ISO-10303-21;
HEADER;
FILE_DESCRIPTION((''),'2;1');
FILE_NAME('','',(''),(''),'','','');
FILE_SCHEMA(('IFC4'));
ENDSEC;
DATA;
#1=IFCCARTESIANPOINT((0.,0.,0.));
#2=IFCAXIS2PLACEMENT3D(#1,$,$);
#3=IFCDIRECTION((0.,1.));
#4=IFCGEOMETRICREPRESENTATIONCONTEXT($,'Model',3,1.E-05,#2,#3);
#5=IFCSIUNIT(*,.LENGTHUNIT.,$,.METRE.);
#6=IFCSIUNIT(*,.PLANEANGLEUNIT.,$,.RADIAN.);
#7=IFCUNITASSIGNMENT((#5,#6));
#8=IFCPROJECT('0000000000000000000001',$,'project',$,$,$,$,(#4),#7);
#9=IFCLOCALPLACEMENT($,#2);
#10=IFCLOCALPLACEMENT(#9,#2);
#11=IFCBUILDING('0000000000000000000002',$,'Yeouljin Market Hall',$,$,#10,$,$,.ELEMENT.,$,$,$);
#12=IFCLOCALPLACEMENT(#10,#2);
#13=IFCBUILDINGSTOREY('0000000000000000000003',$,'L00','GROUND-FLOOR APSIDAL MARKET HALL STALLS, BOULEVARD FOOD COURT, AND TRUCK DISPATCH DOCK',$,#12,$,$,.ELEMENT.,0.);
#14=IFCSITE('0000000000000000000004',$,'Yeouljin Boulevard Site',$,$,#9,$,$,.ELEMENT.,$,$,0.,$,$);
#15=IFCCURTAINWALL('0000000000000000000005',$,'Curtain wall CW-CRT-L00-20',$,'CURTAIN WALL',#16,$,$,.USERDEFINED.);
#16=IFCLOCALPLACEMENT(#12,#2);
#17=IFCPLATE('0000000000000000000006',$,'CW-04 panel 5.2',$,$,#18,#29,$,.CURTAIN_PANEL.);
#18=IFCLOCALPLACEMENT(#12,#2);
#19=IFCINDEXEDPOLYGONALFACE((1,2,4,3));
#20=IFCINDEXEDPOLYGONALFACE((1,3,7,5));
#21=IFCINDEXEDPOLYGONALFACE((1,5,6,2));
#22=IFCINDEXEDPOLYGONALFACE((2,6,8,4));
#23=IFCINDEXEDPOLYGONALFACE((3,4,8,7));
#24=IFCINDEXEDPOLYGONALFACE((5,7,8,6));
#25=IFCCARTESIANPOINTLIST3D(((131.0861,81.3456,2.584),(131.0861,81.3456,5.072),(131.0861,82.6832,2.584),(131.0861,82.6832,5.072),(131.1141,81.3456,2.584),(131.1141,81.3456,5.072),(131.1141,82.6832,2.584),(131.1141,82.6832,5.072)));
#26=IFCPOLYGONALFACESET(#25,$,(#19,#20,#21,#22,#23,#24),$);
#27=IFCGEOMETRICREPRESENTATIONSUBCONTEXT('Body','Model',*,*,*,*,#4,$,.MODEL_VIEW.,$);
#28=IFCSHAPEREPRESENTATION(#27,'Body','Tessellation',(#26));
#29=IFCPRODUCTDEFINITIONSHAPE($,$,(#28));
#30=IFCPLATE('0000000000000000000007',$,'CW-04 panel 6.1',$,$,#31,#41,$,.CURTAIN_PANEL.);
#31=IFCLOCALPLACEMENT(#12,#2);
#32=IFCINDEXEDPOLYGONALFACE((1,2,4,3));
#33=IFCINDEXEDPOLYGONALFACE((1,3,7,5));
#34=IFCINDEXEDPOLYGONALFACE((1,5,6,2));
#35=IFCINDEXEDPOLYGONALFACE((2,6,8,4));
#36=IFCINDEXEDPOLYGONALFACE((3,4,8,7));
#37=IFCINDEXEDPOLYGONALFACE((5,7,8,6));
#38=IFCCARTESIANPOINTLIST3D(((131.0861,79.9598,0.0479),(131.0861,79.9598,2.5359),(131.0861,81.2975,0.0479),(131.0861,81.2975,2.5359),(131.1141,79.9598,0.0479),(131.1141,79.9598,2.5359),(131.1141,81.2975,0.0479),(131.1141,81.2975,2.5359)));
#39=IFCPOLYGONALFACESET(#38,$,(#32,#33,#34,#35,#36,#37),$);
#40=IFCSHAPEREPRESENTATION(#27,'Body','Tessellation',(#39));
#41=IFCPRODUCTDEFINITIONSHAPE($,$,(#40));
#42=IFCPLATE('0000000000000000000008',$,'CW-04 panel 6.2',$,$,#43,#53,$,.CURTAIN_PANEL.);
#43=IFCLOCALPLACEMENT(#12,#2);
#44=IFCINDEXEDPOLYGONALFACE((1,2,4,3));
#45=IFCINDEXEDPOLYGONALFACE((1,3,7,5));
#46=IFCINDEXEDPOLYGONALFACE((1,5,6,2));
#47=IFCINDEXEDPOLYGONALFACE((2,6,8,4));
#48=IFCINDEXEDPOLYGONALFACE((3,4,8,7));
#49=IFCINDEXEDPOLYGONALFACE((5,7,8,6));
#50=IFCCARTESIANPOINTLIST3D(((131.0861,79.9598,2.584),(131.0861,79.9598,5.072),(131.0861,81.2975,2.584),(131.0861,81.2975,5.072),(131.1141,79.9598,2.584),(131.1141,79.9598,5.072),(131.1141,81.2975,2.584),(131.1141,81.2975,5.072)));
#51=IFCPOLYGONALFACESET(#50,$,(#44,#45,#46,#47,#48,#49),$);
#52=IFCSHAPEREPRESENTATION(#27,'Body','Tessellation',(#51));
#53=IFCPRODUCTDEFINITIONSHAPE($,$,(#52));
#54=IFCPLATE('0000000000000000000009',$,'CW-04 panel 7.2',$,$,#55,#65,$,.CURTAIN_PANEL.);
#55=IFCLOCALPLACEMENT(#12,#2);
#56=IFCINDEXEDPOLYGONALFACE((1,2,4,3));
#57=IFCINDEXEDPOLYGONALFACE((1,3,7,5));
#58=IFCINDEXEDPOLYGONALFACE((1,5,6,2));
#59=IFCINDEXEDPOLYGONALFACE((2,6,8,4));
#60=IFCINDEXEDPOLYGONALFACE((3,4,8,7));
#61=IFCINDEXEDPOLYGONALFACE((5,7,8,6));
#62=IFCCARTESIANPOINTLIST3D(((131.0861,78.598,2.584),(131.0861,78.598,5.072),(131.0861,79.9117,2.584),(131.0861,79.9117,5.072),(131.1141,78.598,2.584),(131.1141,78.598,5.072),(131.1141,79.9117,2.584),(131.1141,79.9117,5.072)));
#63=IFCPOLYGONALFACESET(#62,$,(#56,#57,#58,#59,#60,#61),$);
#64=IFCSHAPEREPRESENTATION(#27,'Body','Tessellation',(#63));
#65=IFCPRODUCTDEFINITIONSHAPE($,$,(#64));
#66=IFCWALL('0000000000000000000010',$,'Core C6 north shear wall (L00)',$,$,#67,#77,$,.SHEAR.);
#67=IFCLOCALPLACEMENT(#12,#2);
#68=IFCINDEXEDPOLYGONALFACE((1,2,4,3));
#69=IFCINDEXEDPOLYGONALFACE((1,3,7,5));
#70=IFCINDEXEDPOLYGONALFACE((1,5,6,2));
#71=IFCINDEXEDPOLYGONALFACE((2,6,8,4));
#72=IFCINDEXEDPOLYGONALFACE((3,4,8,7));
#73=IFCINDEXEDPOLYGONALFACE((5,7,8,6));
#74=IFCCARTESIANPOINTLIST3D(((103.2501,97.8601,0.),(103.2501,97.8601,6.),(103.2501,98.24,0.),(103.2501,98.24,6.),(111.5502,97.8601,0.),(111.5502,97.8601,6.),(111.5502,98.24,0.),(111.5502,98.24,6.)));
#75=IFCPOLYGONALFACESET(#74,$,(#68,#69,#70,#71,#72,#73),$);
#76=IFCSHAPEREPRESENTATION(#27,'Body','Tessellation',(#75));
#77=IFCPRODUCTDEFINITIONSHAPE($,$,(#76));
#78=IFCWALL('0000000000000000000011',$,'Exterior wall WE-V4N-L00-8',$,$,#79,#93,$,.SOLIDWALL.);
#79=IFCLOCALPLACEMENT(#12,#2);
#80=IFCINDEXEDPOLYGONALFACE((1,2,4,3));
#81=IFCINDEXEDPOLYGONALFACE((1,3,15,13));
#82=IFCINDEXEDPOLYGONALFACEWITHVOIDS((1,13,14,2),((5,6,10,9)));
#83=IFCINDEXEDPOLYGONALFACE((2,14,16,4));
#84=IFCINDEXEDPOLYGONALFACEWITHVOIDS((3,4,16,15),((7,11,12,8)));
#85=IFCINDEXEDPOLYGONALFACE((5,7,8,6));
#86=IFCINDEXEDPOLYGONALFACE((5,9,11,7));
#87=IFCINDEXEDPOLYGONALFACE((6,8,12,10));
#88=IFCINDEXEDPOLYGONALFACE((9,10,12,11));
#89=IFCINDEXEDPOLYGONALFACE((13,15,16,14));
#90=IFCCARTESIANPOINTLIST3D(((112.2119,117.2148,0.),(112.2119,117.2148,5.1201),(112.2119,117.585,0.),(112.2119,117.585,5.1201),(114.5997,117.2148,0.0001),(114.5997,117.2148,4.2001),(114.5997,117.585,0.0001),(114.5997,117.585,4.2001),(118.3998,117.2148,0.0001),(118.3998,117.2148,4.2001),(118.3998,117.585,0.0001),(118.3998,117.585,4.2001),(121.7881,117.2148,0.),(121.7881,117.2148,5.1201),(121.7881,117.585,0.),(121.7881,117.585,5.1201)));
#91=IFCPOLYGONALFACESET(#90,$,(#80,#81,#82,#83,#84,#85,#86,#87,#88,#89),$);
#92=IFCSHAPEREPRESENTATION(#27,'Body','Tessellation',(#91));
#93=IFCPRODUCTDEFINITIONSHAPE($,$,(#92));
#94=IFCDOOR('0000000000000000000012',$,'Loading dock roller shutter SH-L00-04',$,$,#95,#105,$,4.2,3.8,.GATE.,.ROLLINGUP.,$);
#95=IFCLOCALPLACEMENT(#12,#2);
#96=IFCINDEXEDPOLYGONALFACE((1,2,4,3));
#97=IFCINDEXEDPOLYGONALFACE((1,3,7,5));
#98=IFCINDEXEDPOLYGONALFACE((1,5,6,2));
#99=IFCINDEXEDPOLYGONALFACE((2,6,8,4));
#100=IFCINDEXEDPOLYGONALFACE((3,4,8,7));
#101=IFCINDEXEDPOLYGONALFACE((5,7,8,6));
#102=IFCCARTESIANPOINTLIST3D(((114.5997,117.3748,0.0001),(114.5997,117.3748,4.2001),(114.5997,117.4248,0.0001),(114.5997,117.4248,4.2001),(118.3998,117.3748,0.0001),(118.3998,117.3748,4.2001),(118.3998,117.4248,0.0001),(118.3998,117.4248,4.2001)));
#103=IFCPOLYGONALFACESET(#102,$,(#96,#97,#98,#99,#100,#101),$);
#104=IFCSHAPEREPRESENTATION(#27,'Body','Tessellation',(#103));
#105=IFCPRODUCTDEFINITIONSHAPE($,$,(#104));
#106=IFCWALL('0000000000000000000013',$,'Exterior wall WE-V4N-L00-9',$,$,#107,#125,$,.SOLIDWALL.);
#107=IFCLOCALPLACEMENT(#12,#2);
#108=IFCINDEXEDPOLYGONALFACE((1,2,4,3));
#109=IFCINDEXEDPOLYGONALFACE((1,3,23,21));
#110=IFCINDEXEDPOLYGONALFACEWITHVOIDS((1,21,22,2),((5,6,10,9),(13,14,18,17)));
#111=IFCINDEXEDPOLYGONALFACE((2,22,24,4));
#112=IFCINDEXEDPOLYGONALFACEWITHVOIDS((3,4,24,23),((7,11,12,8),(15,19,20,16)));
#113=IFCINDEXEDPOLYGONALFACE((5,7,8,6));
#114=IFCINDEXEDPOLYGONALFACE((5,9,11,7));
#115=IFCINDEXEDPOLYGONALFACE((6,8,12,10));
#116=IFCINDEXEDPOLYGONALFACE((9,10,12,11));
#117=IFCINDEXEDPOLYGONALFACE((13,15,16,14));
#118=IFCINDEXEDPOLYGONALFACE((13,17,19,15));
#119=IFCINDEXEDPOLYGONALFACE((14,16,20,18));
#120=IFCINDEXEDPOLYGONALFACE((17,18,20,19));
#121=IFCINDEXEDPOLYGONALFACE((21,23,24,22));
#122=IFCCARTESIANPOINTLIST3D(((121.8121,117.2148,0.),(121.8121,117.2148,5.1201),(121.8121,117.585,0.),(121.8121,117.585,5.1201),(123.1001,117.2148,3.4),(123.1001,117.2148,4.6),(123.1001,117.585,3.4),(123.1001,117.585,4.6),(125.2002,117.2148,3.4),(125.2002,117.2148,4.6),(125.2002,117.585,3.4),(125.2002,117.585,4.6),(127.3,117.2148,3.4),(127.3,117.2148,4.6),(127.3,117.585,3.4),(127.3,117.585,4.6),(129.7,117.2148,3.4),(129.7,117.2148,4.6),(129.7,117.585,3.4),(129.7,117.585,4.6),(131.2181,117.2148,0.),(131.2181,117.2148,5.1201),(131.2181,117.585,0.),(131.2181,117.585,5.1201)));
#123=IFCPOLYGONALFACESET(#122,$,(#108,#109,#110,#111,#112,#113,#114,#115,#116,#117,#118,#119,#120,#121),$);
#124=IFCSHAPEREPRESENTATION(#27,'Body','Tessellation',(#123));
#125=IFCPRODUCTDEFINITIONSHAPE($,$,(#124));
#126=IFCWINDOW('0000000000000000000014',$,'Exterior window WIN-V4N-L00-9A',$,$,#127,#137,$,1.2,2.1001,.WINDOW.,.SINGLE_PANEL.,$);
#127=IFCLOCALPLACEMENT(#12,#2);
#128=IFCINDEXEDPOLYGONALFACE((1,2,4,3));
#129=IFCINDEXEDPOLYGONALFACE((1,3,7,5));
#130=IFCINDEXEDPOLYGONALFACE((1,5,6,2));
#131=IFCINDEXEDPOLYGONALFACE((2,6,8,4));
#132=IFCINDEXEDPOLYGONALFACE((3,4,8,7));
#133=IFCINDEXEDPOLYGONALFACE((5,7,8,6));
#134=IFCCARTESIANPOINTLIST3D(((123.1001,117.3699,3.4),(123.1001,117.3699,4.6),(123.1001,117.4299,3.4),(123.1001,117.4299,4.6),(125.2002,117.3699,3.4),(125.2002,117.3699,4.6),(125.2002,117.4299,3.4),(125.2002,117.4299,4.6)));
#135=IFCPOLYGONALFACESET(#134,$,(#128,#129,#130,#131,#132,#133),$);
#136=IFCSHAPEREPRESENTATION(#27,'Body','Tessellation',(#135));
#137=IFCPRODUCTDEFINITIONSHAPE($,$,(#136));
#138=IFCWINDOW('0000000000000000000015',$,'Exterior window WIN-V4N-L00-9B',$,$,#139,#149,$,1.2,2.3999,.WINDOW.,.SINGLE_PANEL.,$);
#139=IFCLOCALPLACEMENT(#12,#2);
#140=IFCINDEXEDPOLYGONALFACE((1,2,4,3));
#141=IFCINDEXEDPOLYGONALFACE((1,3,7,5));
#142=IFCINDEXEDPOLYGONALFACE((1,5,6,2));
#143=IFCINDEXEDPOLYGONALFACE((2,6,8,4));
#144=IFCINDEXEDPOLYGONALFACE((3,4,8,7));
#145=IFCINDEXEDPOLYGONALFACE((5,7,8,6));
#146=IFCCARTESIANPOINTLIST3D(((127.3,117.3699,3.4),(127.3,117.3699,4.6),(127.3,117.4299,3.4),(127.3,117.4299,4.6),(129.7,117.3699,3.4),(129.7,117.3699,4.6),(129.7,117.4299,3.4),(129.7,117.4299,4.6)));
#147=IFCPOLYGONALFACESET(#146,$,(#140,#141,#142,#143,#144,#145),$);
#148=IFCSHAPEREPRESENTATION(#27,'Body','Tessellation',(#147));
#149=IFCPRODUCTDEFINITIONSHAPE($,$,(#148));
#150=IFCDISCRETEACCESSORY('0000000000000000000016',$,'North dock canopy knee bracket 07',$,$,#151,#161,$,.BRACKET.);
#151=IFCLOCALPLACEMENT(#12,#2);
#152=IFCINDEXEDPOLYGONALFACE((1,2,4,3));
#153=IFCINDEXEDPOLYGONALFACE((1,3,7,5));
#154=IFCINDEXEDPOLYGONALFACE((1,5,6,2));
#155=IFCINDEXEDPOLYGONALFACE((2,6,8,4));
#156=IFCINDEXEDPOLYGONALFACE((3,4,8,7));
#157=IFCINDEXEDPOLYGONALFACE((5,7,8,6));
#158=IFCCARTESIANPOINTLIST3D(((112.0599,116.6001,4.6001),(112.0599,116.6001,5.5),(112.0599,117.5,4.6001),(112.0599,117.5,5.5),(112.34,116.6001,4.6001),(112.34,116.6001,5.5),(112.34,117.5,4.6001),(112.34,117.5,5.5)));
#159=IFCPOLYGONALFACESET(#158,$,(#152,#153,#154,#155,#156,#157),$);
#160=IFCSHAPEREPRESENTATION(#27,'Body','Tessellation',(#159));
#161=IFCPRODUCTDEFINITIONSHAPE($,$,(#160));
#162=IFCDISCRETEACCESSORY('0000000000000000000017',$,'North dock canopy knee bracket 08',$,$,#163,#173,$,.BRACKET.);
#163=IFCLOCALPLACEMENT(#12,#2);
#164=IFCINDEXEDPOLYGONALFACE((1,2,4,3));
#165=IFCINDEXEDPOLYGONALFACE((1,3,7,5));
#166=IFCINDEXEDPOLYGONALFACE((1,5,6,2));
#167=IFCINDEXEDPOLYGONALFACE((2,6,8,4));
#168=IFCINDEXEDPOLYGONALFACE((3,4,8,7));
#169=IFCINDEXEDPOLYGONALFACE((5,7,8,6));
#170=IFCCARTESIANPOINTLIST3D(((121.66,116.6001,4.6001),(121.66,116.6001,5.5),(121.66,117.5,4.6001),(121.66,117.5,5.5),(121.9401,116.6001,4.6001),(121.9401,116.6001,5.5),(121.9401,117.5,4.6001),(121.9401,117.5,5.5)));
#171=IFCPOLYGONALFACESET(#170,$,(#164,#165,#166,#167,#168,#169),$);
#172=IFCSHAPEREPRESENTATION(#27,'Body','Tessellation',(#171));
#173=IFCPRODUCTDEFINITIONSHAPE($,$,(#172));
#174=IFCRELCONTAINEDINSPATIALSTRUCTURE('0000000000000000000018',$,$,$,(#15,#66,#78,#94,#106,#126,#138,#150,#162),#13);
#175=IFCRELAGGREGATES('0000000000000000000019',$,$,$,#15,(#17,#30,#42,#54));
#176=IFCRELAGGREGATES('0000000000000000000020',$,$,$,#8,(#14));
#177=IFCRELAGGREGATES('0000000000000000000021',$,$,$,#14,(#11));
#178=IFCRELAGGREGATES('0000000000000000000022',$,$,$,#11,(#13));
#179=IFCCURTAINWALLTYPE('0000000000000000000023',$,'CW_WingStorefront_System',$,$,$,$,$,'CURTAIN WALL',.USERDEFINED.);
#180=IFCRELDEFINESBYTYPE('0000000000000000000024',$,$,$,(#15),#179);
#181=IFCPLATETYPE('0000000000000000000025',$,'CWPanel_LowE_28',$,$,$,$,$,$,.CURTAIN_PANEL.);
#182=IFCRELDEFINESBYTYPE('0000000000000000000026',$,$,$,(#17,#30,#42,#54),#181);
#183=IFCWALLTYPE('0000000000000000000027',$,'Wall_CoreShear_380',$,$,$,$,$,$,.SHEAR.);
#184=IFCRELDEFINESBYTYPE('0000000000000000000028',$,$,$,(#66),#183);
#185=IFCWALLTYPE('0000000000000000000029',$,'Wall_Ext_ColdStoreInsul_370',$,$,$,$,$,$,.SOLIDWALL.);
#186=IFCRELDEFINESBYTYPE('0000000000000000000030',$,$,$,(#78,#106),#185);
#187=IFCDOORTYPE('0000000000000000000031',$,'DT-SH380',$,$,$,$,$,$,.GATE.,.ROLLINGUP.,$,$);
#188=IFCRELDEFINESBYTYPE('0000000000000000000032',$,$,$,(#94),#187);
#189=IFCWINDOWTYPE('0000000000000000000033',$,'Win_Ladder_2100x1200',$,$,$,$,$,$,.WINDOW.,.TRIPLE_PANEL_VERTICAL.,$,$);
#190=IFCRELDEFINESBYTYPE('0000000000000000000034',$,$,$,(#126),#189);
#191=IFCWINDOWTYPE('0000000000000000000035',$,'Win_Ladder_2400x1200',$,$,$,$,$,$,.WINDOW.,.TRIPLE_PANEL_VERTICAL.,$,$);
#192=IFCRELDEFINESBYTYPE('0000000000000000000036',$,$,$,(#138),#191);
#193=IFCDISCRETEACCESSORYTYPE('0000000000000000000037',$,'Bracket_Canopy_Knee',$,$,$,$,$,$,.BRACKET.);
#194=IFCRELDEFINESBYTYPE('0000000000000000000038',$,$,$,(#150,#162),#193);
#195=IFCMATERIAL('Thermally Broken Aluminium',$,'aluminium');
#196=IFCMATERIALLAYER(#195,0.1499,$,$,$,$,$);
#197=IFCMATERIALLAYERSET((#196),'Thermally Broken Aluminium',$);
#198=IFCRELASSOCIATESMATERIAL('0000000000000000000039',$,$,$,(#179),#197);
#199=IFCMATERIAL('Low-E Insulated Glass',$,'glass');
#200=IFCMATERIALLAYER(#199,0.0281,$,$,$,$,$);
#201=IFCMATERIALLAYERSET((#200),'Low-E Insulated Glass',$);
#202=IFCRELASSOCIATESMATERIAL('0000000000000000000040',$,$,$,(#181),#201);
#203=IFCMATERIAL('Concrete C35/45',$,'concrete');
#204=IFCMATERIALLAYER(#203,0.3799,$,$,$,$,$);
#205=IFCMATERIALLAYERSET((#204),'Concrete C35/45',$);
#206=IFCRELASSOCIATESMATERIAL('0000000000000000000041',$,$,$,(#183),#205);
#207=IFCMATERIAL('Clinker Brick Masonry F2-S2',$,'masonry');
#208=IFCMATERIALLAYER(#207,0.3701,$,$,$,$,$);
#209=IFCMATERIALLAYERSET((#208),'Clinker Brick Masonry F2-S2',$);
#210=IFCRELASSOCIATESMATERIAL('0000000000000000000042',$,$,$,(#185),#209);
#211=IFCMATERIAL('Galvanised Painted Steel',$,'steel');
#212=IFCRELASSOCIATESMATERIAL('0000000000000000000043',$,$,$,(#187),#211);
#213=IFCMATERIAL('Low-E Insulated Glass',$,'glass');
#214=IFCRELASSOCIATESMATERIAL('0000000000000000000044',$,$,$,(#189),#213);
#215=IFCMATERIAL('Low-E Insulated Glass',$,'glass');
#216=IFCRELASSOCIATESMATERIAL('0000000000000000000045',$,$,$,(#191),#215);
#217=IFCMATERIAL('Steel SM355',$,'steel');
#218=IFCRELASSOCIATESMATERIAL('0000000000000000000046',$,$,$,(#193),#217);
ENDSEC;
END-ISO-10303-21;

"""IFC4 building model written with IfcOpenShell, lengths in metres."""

from ifc_helpers import new_model, si_unit, direction, frame, frame_2d, origin, origin_2d, place, context, subcontext, project, spatial, rectangle, extrude, material, layer, layer_set, type_object, element, fill, aggregate, save


model = new_model("IFC4")

# Units and contexts
model_context = context("Model", 3, precision=1e-05, world=origin(), true_north=direction((0.0, 1.0)))
body_context = subcontext(model_context, "Body", "Model", "MODEL_VIEW")
ifc_project = project(units=[si_unit("LENGTHUNIT", "METRE"), si_unit("PLANEANGLEUNIT", "RADIAN")], contexts=[model_context])

# Site, building, storey
site_placement = place(None, origin())
site = spatial("IfcSite", under=ifc_project, at=site_placement, Name="Yeouljin Boulevard Site", CompositionType="ELEMENT", RefElevation=0.0)
building_placement = place(site_placement, origin())
building = spatial("IfcBuilding", under=site, at=building_placement, Name="Yeouljin Market Hall", CompositionType="ELEMENT")
storey_placement = place(building_placement, origin())
storey = spatial("IfcBuildingStorey", under=building, at=storey_placement, Name="L00", Description="GROUND-FLOOR APSIDAL MARKET HALL STALLS, BOULEVARD FOOD COURT, AND TRUCK DISPATCH DOCK", CompositionType="ELEMENT", Elevation=0.0)

# Curtain wall, plates
ifc_material_1 = material(Name="Thermally Broken Aluminium", Category="aluminium")
ifc_layer_1 = layer(ifc_material_1, 0.1499)
ifc_layer_set_1 = layer_set([ifc_layer_1], Name="Thermally Broken Aluminium")
curtain_wall_type = type_object("IfcCurtainWallType", Name="CW_WingStorefront_System", ElementType="CURTAIN WALL", PredefinedType="USERDEFINED", material=ifc_layer_set_1)
curtain_wall_placement = place(storey_placement, origin())
curtain_wall = element("IfcCurtainWall", 1, at=curtain_wall_placement, inside=storey, type_object=curtain_wall_type, Name="Curtain wall CW-CRT-L00-20", ObjectType="CURTAIN WALL", PredefinedType="USERDEFINED")
ifc_material_2 = material(Name="Low-E Insulated Glass", Category="glass")
ifc_layer_2 = layer(ifc_material_2, 0.0281)
ifc_layer_set_2 = layer_set([ifc_layer_2], Name="Low-E Insulated Glass")
plate_type = type_object("IfcPlateType", Name="CWPanel_LowE_28", PredefinedType="CURTAIN_PANEL", material=ifc_layer_set_2)
plate_1_placement = place(storey_placement, frame((131.1001, 82.0144, 2.584), z_axis=(0.0, 0.0, 1.0), x_axis=(0.0, -1.0, 0.0)))
plate_1 = element("IfcPlate", 2, at=plate_1_placement, type_object=plate_type, Name="CW-04 panel 5.2", PredefinedType="CURTAIN_PANEL", context=body_context, shape_type="SweptSolid", body=[
    extrude(rectangle(XDim=1.3376, YDim=0.0281, at=origin_2d()), origin(), (0.0, 0.0, 1.0), 2.488),
])
plate_2_placement = place(storey_placement, frame((131.1001, 80.6287, 0.0479), z_axis=(0.0, 0.0, 1.0), x_axis=(0.0, -1.0, 0.0)))
plate_2 = element("IfcPlate", 3, at=plate_2_placement, type_object=plate_type, Name="CW-04 panel 6.1", PredefinedType="CURTAIN_PANEL", context=body_context, shape_type="SweptSolid", body=[
    extrude(rectangle(XDim=1.3376, YDim=0.0281, at=origin_2d()), origin(), (0.0, 0.0, 1.0), 2.488),
])
plate_3_placement = place(storey_placement, frame((131.1001, 80.6287, 2.584), z_axis=(0.0, 0.0, 1.0), x_axis=(0.0, -1.0, 0.0)))
plate_3 = element("IfcPlate", 4, at=plate_3_placement, type_object=plate_type, Name="CW-04 panel 6.2", PredefinedType="CURTAIN_PANEL", context=body_context, shape_type="SweptSolid", body=[
    extrude(rectangle(XDim=1.3376, YDim=0.0281, at=origin_2d()), origin(), (0.0, 0.0, 1.0), 2.488),
])
plate_4_placement = place(storey_placement, frame((131.1001, 79.2549, 2.584), z_axis=(0.0, 0.0, 1.0), x_axis=(0.0, -1.0, 0.0)))
plate_4 = element("IfcPlate", 5, at=plate_4_placement, type_object=plate_type, Name="CW-04 panel 7.2", PredefinedType="CURTAIN_PANEL", context=body_context, shape_type="SweptSolid", body=[
    extrude(rectangle(XDim=1.3137, YDim=0.0281, at=origin_2d()), origin(), (0.0, 0.0, 1.0), 2.488),
])
aggregate(curtain_wall, [plate_1, plate_2, plate_3, plate_4])

# Wall
ifc_material_3 = material(Name="Concrete C35/45", Category="concrete")
ifc_layer_3 = layer(ifc_material_3, 0.3799)
ifc_layer_set_3 = layer_set([ifc_layer_3], Name="Concrete C35/45")
wall_type_1 = type_object("IfcWallType", Name="Wall_CoreShear_380", PredefinedType="SHEAR", material=ifc_layer_set_3)
wall_1_placement = place(storey_placement, frame((111.55, 98.05, 0.0), z_axis=(0.0, 0.0, 1.0), x_axis=(-1.0, 0.0, 0.0)))
element("IfcWall", 6, at=wall_1_placement, inside=storey, type_object=wall_type_1, Name="Core C6 north shear wall (L00)", PredefinedType="SHEAR", context=body_context, shape_type="SweptSolid", body=[
    extrude(rectangle(XDim=8.3, YDim=0.3799, at=frame_2d((4.1499, 0.0))), origin(), (0.0, 0.0, 1.0), 6.0),
])

# Wall, opening, door
ifc_material_4 = material(Name="Clinker Brick Masonry F2-S2", Category="masonry")
ifc_layer_4 = layer(ifc_material_4, 0.3701)
ifc_layer_set_4 = layer_set([ifc_layer_4], Name="Clinker Brick Masonry F2-S2")
wall_type_2 = type_object("IfcWallType", Name="Wall_Ext_ColdStoreInsul_370", PredefinedType="SOLIDWALL", material=ifc_layer_set_4)
wall_2_placement = place(storey_placement, frame((112.2119, 117.3999, 0.0), z_axis=(0.0, 0.0, 1.0), x_axis=(1.0, 0.0, 0.0)))
wall_2 = element("IfcWall", 7, at=wall_2_placement, inside=storey, type_object=wall_type_2, Name="Exterior wall WE-V4N-L00-8", PredefinedType="SOLIDWALL", context=body_context, shape_type="SweptSolid", body=[
    extrude(rectangle(XDim=9.5762, YDim=0.3701, at=frame_2d((4.7881, 0.0))), origin(), (0.0, 0.0, 1.0), 5.1201),
])
opening_1_placement = place(wall_2_placement, frame((2.3879, 0.0, 0.0)))
opening_1 = element("IfcOpeningElement", 8, at=opening_1_placement, cuts=wall_2, PredefinedType="OPENING", context=body_context, shape_type="SweptSolid", body=[
    extrude(rectangle(XDim=3.8, YDim=4.2, at=frame_2d((1.8999, 2.1001))), frame((0.0, 0.1951, 0.0), z_axis=(0.0, -1.0, 0.0), x_axis=(1.0, 0.0, 0.0)), (0.0, 0.0, 1.0), 0.3901),
])
ifc_material_5 = material(Name="Galvanised Painted Steel", Category="steel")
door_type = type_object("IfcDoorType", Name="DT-SH380", OperationType="ROLLINGUP", PredefinedType="GATE", material=ifc_material_5)
door_placement = place(opening_1_placement, origin())
door = element("IfcDoor", 9, at=door_placement, inside=storey, type_object=door_type, Name="Loading dock roller shutter SH-L00-04", OperationType="ROLLINGUP", OverallHeight=4.2, OverallWidth=3.8, PredefinedType="GATE", context=body_context, shape_type="SweptSolid", body=[
    extrude(rectangle(XDim=3.8, YDim=4.2, at=frame_2d((1.8999, 2.1001))), frame((0.0, 0.0249, 0.0), z_axis=(0.0, -1.0, 0.0), x_axis=(1.0, 0.0, 0.0)), (0.0, 0.0, 1.0), 0.05),
])
fill(opening_1, door)

# Wall, openings, windows
wall_3_placement = place(storey_placement, frame((121.812, 117.3999, 0.0), z_axis=(0.0, 0.0, 1.0), x_axis=(1.0, 0.0, 0.0)))
wall_3 = element("IfcWall", 10, at=wall_3_placement, inside=storey, type_object=wall_type_2, Name="Exterior wall WE-V4N-L00-9", PredefinedType="SOLIDWALL", context=body_context, shape_type="SweptSolid", body=[
    extrude(rectangle(XDim=9.406, YDim=0.3701, at=frame_2d((4.7031, 0.0))), origin(), (0.0, 0.0, 1.0), 5.1201),
])
opening_2_placement = place(wall_3_placement, frame((1.2881, 0.0, 3.3999)))
opening_2 = element("IfcOpeningElement", 11, at=opening_2_placement, cuts=wall_3, PredefinedType="OPENING", context=body_context, shape_type="SweptSolid", body=[
    extrude(rectangle(XDim=2.1001, YDim=1.2, at=frame_2d((1.05, 0.6001))), frame((0.0, 0.1951, 0.0), z_axis=(0.0, -1.0, 0.0), x_axis=(1.0, 0.0, 0.0)), (0.0, 0.0, 1.0), 0.3901),
])
opening_3_placement = place(wall_3_placement, frame((5.488, 0.0, 3.3999)))
opening_3 = element("IfcOpeningElement", 12, at=opening_3_placement, cuts=wall_3, PredefinedType="OPENING", context=body_context, shape_type="SweptSolid", body=[
    extrude(rectangle(XDim=2.3999, YDim=1.2, at=frame_2d((1.2, 0.6001))), frame((0.0, 0.1951, 0.0), z_axis=(0.0, -1.0, 0.0), x_axis=(1.0, 0.0, 0.0)), (0.0, 0.0, 1.0), 0.3901),
])
ifc_material_6 = material(Name="Low-E Insulated Glass", Category="glass")
window_type_1 = type_object("IfcWindowType", Name="Win_Ladder_2100x1200", PartitioningType="TRIPLE_PANEL_VERTICAL", PredefinedType="WINDOW", material=ifc_material_6)
window_1_placement = place(opening_2_placement, origin())
window_1 = element("IfcWindow", 13, at=window_1_placement, inside=storey, type_object=window_type_1, Name="Exterior window WIN-V4N-L00-9A", OverallHeight=1.2, OverallWidth=2.1001, PartitioningType="SINGLE_PANEL", PredefinedType="WINDOW", context=body_context, shape_type="SweptSolid", body=[
    extrude(rectangle(XDim=2.1001, YDim=1.2, at=frame_2d((1.05, 0.6001))), frame((0.0, 0.03, 0.0), z_axis=(0.0, -1.0, 0.0), x_axis=(1.0, 0.0, 0.0)), (0.0, 0.0, 1.0), 0.0601),
])
fill(opening_2, window_1)
ifc_material_7 = material(Name="Low-E Insulated Glass", Category="glass")
window_type_2 = type_object("IfcWindowType", Name="Win_Ladder_2400x1200", PartitioningType="TRIPLE_PANEL_VERTICAL", PredefinedType="WINDOW", material=ifc_material_7)
window_2_placement = place(opening_3_placement, origin())
window_2 = element("IfcWindow", 14, at=window_2_placement, inside=storey, type_object=window_type_2, Name="Exterior window WIN-V4N-L00-9B", OverallHeight=1.2, OverallWidth=2.3999, PartitioningType="SINGLE_PANEL", PredefinedType="WINDOW", context=body_context, shape_type="SweptSolid", body=[
    extrude(rectangle(XDim=2.3999, YDim=1.2, at=frame_2d((1.2, 0.6001))), frame((0.0, 0.03, 0.0), z_axis=(0.0, -1.0, 0.0), x_axis=(1.0, 0.0, 0.0)), (0.0, 0.0, 1.0), 0.0601),
])
fill(opening_3, window_2)

# Discrete accessories
ifc_material_8 = material(Name="Steel SM355", Category="steel")
discrete_accessory_type = type_object("IfcDiscreteAccessoryType", Name="Bracket_Canopy_Knee", PredefinedType="BRACKET", material=ifc_material_8)
for number, where, z_axis, x_axis, name in (
    (15, (112.2, 117.05, 4.6001), (0.0, 0.0, 1.0), (1.0, 0.0, 0.0), "North dock canopy knee bracket 07"),
    (16, (121.8, 117.05, 4.6001), (0.0, 0.0, 1.0), (1.0, 0.0, 0.0), "North dock canopy knee bracket 08"),
):
    element("IfcDiscreteAccessory", number, at=place(storey_placement, frame(where, z_axis=z_axis, x_axis=x_axis)), inside=storey, type_object=discrete_accessory_type, Name=name, PredefinedType="BRACKET", context=body_context, shape_type="SweptSolid", body=[
        extrude(rectangle(XDim=0.28, YDim=0.8999, at=origin_2d()), origin(), (0.0, 0.0, 1.0), 0.8999),
    ])

save(model, "model.ifc")
